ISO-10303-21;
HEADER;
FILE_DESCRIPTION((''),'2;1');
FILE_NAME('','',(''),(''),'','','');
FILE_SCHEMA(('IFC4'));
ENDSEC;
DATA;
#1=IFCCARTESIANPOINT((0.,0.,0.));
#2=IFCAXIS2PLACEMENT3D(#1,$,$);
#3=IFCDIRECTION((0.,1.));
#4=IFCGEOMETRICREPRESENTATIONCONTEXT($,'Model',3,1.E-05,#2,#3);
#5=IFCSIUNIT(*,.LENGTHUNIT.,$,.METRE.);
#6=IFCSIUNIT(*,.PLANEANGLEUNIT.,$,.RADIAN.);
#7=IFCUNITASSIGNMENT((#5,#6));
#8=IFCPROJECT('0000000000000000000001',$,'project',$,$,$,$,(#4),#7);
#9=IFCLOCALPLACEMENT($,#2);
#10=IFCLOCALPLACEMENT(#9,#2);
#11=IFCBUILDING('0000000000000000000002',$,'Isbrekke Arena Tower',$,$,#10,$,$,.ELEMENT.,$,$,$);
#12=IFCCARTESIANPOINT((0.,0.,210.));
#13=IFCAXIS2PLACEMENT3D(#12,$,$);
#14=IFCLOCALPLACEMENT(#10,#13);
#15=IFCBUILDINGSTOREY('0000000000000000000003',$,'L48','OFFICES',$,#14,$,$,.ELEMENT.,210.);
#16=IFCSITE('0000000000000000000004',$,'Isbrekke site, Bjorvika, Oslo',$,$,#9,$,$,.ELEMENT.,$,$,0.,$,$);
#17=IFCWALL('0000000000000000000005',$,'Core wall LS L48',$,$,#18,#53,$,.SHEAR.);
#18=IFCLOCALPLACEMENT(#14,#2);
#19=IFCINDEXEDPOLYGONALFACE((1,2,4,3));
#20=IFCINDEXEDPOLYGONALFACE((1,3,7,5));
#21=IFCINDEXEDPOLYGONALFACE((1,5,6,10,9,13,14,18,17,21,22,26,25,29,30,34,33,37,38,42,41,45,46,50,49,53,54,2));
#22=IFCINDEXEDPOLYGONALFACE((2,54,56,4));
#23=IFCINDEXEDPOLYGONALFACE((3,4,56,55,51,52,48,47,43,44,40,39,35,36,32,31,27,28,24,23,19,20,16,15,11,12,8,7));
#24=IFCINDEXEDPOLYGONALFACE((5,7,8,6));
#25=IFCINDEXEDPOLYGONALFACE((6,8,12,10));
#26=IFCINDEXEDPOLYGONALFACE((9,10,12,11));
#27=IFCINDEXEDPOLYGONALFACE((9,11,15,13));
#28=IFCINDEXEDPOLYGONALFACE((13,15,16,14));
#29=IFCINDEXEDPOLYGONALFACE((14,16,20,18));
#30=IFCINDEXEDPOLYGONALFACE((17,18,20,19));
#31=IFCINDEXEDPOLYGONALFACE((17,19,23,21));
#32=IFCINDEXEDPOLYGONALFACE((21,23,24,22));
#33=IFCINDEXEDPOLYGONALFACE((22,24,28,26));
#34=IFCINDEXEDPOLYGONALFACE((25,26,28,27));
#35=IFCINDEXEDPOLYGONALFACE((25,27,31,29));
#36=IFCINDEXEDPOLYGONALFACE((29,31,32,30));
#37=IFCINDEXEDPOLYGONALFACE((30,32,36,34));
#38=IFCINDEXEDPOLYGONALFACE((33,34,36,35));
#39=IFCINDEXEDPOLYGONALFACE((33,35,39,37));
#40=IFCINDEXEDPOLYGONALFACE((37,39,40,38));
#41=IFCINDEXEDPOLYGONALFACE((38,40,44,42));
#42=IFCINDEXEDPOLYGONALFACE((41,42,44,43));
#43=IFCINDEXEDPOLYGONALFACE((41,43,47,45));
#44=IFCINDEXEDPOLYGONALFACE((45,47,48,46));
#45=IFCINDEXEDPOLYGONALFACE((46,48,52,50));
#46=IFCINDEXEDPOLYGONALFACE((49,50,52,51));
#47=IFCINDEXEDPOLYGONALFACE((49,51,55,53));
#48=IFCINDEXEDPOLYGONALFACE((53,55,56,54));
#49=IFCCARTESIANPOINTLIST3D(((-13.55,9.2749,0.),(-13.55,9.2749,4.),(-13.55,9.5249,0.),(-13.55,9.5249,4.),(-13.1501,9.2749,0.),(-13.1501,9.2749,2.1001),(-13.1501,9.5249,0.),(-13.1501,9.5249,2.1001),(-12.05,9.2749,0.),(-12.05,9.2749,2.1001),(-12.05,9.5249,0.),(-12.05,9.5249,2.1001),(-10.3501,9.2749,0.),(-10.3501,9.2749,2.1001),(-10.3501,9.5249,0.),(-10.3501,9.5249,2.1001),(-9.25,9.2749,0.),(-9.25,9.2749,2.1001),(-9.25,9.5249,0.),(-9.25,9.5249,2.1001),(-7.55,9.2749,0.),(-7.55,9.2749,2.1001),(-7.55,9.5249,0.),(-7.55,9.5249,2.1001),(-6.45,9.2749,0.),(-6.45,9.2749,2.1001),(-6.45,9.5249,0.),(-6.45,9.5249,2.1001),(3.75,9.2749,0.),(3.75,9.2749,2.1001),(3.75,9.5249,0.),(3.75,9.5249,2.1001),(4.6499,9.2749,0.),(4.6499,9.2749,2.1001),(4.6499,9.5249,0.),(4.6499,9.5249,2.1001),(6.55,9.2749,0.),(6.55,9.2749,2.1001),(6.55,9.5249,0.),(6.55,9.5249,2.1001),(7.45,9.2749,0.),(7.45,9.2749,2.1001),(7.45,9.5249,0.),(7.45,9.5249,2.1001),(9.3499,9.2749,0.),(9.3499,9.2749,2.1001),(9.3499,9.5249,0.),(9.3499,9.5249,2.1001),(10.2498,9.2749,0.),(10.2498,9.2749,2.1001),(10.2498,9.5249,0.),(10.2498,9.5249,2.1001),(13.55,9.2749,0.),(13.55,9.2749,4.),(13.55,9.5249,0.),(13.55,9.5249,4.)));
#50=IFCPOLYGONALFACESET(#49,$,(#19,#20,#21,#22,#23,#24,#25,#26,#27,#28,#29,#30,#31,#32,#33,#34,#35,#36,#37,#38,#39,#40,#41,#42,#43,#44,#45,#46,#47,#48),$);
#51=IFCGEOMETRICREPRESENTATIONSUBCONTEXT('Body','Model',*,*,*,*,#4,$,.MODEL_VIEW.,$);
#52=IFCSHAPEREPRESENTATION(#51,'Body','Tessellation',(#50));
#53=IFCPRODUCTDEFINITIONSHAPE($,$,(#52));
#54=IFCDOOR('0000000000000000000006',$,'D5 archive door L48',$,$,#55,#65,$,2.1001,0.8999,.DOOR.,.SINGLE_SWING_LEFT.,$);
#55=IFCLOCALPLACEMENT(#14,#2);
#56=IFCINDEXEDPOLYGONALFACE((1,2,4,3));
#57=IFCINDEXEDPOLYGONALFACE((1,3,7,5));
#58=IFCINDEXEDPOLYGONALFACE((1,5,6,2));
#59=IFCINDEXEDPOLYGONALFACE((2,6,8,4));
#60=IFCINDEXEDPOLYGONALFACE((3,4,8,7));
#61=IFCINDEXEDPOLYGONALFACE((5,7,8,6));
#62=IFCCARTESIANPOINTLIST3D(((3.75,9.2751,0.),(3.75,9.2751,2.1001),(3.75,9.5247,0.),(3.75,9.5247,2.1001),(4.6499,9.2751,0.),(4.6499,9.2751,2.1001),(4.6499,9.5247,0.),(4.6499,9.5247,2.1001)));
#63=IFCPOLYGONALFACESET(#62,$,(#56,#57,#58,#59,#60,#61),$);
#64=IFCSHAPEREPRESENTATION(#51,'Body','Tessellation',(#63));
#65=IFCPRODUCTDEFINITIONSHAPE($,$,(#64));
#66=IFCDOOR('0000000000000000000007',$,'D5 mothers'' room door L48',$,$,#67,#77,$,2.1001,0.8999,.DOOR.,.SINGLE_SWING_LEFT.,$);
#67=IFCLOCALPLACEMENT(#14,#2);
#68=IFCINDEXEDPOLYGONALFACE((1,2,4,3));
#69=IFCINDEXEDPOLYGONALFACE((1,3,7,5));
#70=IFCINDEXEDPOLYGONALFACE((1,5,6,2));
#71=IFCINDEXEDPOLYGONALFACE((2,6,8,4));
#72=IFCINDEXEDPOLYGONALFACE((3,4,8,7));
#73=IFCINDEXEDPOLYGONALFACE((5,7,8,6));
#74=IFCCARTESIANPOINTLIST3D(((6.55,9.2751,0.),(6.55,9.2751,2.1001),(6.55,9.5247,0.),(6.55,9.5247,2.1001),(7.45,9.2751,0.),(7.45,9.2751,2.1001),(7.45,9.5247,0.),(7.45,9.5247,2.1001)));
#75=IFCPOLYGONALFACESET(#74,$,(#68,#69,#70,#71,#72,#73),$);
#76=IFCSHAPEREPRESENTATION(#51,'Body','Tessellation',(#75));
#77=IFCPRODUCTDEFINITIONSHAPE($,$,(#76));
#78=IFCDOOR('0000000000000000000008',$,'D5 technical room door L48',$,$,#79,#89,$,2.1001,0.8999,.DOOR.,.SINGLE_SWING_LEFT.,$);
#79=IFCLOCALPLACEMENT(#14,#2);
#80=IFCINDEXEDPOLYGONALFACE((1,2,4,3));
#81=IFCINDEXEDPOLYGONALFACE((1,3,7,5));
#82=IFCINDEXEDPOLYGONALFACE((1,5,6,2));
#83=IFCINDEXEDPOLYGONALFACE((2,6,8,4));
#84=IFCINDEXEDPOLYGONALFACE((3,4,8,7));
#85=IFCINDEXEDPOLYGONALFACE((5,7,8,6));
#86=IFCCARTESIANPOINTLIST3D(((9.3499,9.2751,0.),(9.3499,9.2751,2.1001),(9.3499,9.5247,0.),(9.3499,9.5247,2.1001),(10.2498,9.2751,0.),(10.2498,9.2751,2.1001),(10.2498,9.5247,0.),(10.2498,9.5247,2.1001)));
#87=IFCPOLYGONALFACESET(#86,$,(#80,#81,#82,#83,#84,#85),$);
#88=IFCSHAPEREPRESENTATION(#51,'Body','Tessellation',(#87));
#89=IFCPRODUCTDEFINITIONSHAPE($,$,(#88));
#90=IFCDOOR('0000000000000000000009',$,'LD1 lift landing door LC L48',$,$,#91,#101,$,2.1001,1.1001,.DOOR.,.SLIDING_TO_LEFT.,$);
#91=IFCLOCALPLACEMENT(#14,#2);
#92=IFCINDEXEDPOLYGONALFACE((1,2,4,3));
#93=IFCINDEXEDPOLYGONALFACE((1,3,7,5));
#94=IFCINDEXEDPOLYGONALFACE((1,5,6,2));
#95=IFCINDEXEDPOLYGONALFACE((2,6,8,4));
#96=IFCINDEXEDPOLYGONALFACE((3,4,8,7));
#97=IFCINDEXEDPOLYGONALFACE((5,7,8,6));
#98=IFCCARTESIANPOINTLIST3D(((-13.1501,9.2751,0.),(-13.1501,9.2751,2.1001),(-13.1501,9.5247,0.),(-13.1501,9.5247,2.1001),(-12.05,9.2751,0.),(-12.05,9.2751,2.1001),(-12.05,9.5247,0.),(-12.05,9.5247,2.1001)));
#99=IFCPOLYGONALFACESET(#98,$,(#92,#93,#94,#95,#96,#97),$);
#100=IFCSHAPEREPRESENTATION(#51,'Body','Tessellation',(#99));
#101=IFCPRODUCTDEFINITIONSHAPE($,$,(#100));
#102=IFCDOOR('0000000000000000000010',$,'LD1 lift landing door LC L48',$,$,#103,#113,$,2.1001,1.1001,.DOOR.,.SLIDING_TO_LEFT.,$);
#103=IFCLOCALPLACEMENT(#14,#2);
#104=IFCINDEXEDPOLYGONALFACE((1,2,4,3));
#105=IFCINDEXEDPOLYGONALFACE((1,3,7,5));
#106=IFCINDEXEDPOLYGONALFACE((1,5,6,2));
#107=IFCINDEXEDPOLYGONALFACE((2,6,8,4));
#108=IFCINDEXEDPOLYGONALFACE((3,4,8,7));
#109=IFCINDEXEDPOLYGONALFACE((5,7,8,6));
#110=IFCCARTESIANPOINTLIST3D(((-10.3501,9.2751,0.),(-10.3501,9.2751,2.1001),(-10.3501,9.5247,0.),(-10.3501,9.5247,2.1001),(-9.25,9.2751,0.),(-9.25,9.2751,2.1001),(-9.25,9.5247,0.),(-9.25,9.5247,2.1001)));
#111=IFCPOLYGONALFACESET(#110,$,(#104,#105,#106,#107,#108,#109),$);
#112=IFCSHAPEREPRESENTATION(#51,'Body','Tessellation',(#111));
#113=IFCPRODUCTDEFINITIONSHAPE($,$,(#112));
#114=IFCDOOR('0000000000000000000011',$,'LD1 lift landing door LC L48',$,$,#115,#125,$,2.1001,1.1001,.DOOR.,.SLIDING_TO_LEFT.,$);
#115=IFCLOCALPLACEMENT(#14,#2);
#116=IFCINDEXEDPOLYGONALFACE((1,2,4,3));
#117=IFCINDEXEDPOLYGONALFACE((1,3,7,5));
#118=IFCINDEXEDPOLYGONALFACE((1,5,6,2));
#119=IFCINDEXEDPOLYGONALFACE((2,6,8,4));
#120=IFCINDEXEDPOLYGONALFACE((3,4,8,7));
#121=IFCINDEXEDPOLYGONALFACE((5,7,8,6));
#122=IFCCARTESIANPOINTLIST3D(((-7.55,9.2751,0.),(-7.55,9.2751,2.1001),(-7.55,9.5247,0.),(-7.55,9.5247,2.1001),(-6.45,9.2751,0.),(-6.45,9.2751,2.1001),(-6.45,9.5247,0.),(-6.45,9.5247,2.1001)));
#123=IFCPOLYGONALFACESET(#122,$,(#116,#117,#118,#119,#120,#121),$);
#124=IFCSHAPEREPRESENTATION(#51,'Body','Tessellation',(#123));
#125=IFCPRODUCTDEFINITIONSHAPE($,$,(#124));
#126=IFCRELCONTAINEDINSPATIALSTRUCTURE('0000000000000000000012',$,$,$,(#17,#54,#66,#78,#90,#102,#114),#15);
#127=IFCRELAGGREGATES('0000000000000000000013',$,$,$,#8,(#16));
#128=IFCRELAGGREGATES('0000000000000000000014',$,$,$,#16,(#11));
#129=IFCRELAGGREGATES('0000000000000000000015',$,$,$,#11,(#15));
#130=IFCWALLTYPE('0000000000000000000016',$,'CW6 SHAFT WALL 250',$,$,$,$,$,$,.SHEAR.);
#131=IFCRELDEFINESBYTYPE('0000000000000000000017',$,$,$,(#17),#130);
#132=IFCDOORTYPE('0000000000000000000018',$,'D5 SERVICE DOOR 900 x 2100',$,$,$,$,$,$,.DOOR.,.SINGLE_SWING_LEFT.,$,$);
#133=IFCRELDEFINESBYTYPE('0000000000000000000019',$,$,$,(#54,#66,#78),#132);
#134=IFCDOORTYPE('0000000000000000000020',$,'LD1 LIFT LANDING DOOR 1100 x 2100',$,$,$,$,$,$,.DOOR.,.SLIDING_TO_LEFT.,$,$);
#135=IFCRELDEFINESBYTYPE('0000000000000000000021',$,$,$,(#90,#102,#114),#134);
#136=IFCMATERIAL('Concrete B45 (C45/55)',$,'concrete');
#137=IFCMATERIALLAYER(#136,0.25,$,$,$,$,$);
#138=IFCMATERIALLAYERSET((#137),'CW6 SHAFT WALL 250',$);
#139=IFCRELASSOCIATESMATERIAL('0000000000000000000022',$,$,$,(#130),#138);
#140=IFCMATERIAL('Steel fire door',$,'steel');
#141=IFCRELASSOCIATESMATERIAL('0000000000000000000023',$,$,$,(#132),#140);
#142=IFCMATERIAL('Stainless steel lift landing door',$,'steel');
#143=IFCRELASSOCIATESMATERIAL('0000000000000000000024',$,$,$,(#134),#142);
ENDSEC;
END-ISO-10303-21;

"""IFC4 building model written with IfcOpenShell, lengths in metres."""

from ifc_helpers import new_model, si_unit, direction, frame, frame_2d, origin, place, context, subcontext, project, spatial, rectangle, extrude, material, layer, layer_set, type_object, element, fill, save


model = new_model("IFC4")

# Units and contexts
model_context = context("Model", 3, precision=1e-05, world=origin(), true_north=direction((0.0, 1.0)))
body_context = subcontext(model_context, "Body", "Model", "MODEL_VIEW")
ifc_project = project(units=[si_unit("LENGTHUNIT", "METRE"), si_unit("PLANEANGLEUNIT", "RADIAN")], contexts=[model_context])

# Site, building, storey
site_placement = place(None, origin())
site = spatial("IfcSite", under=ifc_project, at=site_placement, Name="Isbrekke site, Bjorvika, Oslo", CompositionType="ELEMENT", RefElevation=0.0)
building_placement = place(site_placement, origin())
building = spatial("IfcBuilding", under=site, at=building_placement, Name="Isbrekke Arena Tower", CompositionType="ELEMENT")
storey_placement = place(building_placement, frame((0.0, 0.0, 210.0)))
storey = spatial("IfcBuildingStorey", under=building, at=storey_placement, Name="L48", Description="OFFICES", CompositionType="ELEMENT", Elevation=210.0)

# Wall, openings, doors
ifc_material_1 = material(Name="Concrete B45 (C45/55)", Category="concrete")
ifc_layer_1 = layer(ifc_material_1, 0.25)
ifc_layer_set_1 = layer_set([ifc_layer_1], Name="CW6 SHAFT WALL 250")
wall_type_1 = type_object("IfcWallType", Name="CW6 SHAFT WALL 250", PredefinedType="SHEAR", material=ifc_layer_set_1)
wall_1_placement = place(storey_placement, frame((-13.55, 9.3999, 0.0), z_axis=(0.0, 0.0, 1.0), x_axis=(1.0, 0.0, 0.0)))
wall_1 = element("IfcWall", 1, at=wall_1_placement, inside=storey, type_object=wall_type_1, Name="Core wall LS L48", PredefinedType="SHEAR", context=body_context, shape_type="SweptSolid", body=[
    extrude(rectangle(XDim=27.1001, YDim=0.25, at=frame_2d((13.55, 0.0))), origin(), (0.0, 0.0, 1.0), 4.0),
])
opening_1_placement = place(wall_1_placement, frame((0.3999, 0.0, 0.0)))
opening_1 = element("IfcOpeningElement", 2, at=opening_1_placement, cuts=wall_1, PredefinedType="OPENING", context=body_context, shape_type="SweptSolid", body=[
    extrude(rectangle(XDim=1.1001, YDim=2.1001, at=frame_2d((0.55, 1.05))), frame((0.0, 0.1399, 0.0), z_axis=(0.0, -1.0, 0.0), x_axis=(1.0, 0.0, 0.0)), (0.0, 0.0, 1.0), 0.2798),
])
opening_2_placement = place(wall_1_placement, frame((3.2, 0.0, 0.0)))
opening_2 = element("IfcOpeningElement", 3, at=opening_2_placement, cuts=wall_1, PredefinedType="OPENING", context=body_context, shape_type="SweptSolid", body=[
    extrude(rectangle(XDim=1.1001, YDim=2.1001, at=frame_2d((0.55, 1.05))), frame((0.0, 0.1399, 0.0), z_axis=(0.0, -1.0, 0.0), x_axis=(1.0, 0.0, 0.0)), (0.0, 0.0, 1.0), 0.2798),
])
opening_3_placement = place(wall_1_placement, frame((6.0, 0.0, 0.0)))
opening_3 = element("IfcOpeningElement", 4, at=opening_3_placement, cuts=wall_1, PredefinedType="OPENING", context=body_context, shape_type="SweptSolid", body=[
    extrude(rectangle(XDim=1.1001, YDim=2.1001, at=frame_2d((0.55, 1.05))), frame((0.0, 0.1399, 0.0), z_axis=(0.0, -1.0, 0.0), x_axis=(1.0, 0.0, 0.0)), (0.0, 0.0, 1.0), 0.2798),
])
opening_4_placement = place(wall_1_placement, frame((17.3, 0.0, 0.0)))
opening_4 = element("IfcOpeningElement", 5, at=opening_4_placement, cuts=wall_1, PredefinedType="OPENING", context=body_context, shape_type="SweptSolid", body=[
    extrude(rectangle(XDim=0.8999, YDim=2.1001, at=frame_2d((0.45, 1.05))), frame((0.0, 0.1399, 0.0), z_axis=(0.0, -1.0, 0.0), x_axis=(1.0, 0.0, 0.0)), (0.0, 0.0, 1.0), 0.2798),
])
opening_5_placement = place(wall_1_placement, frame((20.1001, 0.0, 0.0)))
opening_5 = element("IfcOpeningElement", 6, at=opening_5_placement, cuts=wall_1, PredefinedType="OPENING", context=body_context, shape_type="SweptSolid", body=[
    extrude(rectangle(XDim=0.8999, YDim=2.1001, at=frame_2d((0.45, 1.05))), frame((0.0, 0.1399, 0.0), z_axis=(0.0, -1.0, 0.0), x_axis=(1.0, 0.0, 0.0)), (0.0, 0.0, 1.0), 0.2798),
])
opening_6_placement = place(wall_1_placement, frame((22.8999, 0.0, 0.0)))
opening_6 = element("IfcOpeningElement", 7, at=opening_6_placement, cuts=wall_1, PredefinedType="OPENING", context=body_context, shape_type="SweptSolid", body=[
    extrude(rectangle(XDim=0.8999, YDim=2.1001, at=frame_2d((0.45, 1.05))), frame((0.0, 0.1399, 0.0), z_axis=(0.0, -1.0, 0.0), x_axis=(1.0, 0.0, 0.0)), (0.0, 0.0, 1.0), 0.2798),
])
ifc_material_2 = material(Name="Steel fire door", Category="steel")
door_type_1 = type_object("IfcDoorType", Name="D5 SERVICE DOOR 900 x 2100", OperationType="SINGLE_SWING_LEFT", PredefinedType="DOOR", material=ifc_material_2)
door_1_placement = place(opening_4_placement, origin())
door_1 = element("IfcDoor", 8, at=door_1_placement, inside=storey, type_object=door_type_1, Name="D5 archive door L48", OperationType="SINGLE_SWING_LEFT", OverallHeight=2.1001, OverallWidth=0.8999, PredefinedType="DOOR", context=body_context, shape_type="SweptSolid", body=[
    extrude(rectangle(XDim=0.8999, YDim=2.1001, at=frame_2d((0.45, 1.05))), frame((0.0, 0.1248, 0.0), z_axis=(0.0, -1.0, 0.0), x_axis=(1.0, 0.0, 0.0)), (0.0, 0.0, 1.0), 0.2495),
])
fill(opening_4, door_1)
door_2_placement = place(opening_5_placement, origin())
door_2 = element("IfcDoor", 9, at=door_2_placement, inside=storey, type_object=door_type_1, Name="D5 mothers' room door L48", OperationType="SINGLE_SWING_LEFT", OverallHeight=2.1001, OverallWidth=0.8999, PredefinedType="DOOR", context=body_context, shape_type="SweptSolid", body=[
    extrude(rectangle(XDim=0.8999, YDim=2.1001, at=frame_2d((0.45, 1.05))), frame((0.0, 0.1248, 0.0), z_axis=(0.0, -1.0, 0.0), x_axis=(1.0, 0.0, 0.0)), (0.0, 0.0, 1.0), 0.2495),
])
fill(opening_5, door_2)
door_3_placement = place(opening_6_placement, origin())
door_3 = element("IfcDoor", 10, at=door_3_placement, inside=storey, type_object=door_type_1, Name="D5 technical room door L48", OperationType="SINGLE_SWING_LEFT", OverallHeight=2.1001, OverallWidth=0.8999, PredefinedType="DOOR", context=body_context, shape_type="SweptSolid", body=[
    extrude(rectangle(XDim=0.8999, YDim=2.1001, at=frame_2d((0.45, 1.05))), frame((0.0, 0.1248, 0.0), z_axis=(0.0, -1.0, 0.0), x_axis=(1.0, 0.0, 0.0)), (0.0, 0.0, 1.0), 0.2495),
])
fill(opening_6, door_3)
ifc_material_3 = material(Name="Stainless steel lift landing door", Category="steel")
door_type_2 = type_object("IfcDoorType", Name="LD1 LIFT LANDING DOOR 1100 x 2100", OperationType="SLIDING_TO_LEFT", PredefinedType="DOOR", material=ifc_material_3)
door_4_placement = place(opening_1_placement, origin())
door_4 = element("IfcDoor", 11, at=door_4_placement, inside=storey, type_object=door_type_2, Name="LD1 lift landing door LC L48", OperationType="SLIDING_TO_LEFT", OverallHeight=2.1001, OverallWidth=1.1001, PredefinedType="DOOR", context=body_context, shape_type="SweptSolid", body=[
    extrude(rectangle(XDim=1.1001, YDim=2.1001, at=frame_2d((0.55, 1.05))), frame((0.0, 0.1248, 0.0), z_axis=(0.0, -1.0, 0.0), x_axis=(1.0, 0.0, 0.0)), (0.0, 0.0, 1.0), 0.2495),
])
fill(opening_1, door_4)
door_5_placement = place(opening_2_placement, origin())
door_5 = element("IfcDoor", 12, at=door_5_placement, inside=storey, type_object=door_type_2, Name="LD1 lift landing door LC L48", OperationType="SLIDING_TO_LEFT", OverallHeight=2.1001, OverallWidth=1.1001, PredefinedType="DOOR", context=body_context, shape_type="SweptSolid", body=[
    extrude(rectangle(XDim=1.1001, YDim=2.1001, at=frame_2d((0.55, 1.05))), frame((0.0, 0.1248, 0.0), z_axis=(0.0, -1.0, 0.0), x_axis=(1.0, 0.0, 0.0)), (0.0, 0.0, 1.0), 0.2495),
])
fill(opening_2, door_5)
door_6_placement = place(opening_3_placement, origin())
door_6 = element("IfcDoor", 13, at=door_6_placement, inside=storey, type_object=door_type_2, Name="LD1 lift landing door LC L48", OperationType="SLIDING_TO_LEFT", OverallHeight=2.1001, OverallWidth=1.1001, PredefinedType="DOOR", context=body_context, shape_type="SweptSolid", body=[
    extrude(rectangle(XDim=1.1001, YDim=2.1001, at=frame_2d((0.55, 1.05))), frame((0.0, 0.1248, 0.0), z_axis=(0.0, -1.0, 0.0), x_axis=(1.0, 0.0, 0.0)), (0.0, 0.0, 1.0), 0.2495),
])
fill(opening_3, door_6)

save(model, "model.ifc")
